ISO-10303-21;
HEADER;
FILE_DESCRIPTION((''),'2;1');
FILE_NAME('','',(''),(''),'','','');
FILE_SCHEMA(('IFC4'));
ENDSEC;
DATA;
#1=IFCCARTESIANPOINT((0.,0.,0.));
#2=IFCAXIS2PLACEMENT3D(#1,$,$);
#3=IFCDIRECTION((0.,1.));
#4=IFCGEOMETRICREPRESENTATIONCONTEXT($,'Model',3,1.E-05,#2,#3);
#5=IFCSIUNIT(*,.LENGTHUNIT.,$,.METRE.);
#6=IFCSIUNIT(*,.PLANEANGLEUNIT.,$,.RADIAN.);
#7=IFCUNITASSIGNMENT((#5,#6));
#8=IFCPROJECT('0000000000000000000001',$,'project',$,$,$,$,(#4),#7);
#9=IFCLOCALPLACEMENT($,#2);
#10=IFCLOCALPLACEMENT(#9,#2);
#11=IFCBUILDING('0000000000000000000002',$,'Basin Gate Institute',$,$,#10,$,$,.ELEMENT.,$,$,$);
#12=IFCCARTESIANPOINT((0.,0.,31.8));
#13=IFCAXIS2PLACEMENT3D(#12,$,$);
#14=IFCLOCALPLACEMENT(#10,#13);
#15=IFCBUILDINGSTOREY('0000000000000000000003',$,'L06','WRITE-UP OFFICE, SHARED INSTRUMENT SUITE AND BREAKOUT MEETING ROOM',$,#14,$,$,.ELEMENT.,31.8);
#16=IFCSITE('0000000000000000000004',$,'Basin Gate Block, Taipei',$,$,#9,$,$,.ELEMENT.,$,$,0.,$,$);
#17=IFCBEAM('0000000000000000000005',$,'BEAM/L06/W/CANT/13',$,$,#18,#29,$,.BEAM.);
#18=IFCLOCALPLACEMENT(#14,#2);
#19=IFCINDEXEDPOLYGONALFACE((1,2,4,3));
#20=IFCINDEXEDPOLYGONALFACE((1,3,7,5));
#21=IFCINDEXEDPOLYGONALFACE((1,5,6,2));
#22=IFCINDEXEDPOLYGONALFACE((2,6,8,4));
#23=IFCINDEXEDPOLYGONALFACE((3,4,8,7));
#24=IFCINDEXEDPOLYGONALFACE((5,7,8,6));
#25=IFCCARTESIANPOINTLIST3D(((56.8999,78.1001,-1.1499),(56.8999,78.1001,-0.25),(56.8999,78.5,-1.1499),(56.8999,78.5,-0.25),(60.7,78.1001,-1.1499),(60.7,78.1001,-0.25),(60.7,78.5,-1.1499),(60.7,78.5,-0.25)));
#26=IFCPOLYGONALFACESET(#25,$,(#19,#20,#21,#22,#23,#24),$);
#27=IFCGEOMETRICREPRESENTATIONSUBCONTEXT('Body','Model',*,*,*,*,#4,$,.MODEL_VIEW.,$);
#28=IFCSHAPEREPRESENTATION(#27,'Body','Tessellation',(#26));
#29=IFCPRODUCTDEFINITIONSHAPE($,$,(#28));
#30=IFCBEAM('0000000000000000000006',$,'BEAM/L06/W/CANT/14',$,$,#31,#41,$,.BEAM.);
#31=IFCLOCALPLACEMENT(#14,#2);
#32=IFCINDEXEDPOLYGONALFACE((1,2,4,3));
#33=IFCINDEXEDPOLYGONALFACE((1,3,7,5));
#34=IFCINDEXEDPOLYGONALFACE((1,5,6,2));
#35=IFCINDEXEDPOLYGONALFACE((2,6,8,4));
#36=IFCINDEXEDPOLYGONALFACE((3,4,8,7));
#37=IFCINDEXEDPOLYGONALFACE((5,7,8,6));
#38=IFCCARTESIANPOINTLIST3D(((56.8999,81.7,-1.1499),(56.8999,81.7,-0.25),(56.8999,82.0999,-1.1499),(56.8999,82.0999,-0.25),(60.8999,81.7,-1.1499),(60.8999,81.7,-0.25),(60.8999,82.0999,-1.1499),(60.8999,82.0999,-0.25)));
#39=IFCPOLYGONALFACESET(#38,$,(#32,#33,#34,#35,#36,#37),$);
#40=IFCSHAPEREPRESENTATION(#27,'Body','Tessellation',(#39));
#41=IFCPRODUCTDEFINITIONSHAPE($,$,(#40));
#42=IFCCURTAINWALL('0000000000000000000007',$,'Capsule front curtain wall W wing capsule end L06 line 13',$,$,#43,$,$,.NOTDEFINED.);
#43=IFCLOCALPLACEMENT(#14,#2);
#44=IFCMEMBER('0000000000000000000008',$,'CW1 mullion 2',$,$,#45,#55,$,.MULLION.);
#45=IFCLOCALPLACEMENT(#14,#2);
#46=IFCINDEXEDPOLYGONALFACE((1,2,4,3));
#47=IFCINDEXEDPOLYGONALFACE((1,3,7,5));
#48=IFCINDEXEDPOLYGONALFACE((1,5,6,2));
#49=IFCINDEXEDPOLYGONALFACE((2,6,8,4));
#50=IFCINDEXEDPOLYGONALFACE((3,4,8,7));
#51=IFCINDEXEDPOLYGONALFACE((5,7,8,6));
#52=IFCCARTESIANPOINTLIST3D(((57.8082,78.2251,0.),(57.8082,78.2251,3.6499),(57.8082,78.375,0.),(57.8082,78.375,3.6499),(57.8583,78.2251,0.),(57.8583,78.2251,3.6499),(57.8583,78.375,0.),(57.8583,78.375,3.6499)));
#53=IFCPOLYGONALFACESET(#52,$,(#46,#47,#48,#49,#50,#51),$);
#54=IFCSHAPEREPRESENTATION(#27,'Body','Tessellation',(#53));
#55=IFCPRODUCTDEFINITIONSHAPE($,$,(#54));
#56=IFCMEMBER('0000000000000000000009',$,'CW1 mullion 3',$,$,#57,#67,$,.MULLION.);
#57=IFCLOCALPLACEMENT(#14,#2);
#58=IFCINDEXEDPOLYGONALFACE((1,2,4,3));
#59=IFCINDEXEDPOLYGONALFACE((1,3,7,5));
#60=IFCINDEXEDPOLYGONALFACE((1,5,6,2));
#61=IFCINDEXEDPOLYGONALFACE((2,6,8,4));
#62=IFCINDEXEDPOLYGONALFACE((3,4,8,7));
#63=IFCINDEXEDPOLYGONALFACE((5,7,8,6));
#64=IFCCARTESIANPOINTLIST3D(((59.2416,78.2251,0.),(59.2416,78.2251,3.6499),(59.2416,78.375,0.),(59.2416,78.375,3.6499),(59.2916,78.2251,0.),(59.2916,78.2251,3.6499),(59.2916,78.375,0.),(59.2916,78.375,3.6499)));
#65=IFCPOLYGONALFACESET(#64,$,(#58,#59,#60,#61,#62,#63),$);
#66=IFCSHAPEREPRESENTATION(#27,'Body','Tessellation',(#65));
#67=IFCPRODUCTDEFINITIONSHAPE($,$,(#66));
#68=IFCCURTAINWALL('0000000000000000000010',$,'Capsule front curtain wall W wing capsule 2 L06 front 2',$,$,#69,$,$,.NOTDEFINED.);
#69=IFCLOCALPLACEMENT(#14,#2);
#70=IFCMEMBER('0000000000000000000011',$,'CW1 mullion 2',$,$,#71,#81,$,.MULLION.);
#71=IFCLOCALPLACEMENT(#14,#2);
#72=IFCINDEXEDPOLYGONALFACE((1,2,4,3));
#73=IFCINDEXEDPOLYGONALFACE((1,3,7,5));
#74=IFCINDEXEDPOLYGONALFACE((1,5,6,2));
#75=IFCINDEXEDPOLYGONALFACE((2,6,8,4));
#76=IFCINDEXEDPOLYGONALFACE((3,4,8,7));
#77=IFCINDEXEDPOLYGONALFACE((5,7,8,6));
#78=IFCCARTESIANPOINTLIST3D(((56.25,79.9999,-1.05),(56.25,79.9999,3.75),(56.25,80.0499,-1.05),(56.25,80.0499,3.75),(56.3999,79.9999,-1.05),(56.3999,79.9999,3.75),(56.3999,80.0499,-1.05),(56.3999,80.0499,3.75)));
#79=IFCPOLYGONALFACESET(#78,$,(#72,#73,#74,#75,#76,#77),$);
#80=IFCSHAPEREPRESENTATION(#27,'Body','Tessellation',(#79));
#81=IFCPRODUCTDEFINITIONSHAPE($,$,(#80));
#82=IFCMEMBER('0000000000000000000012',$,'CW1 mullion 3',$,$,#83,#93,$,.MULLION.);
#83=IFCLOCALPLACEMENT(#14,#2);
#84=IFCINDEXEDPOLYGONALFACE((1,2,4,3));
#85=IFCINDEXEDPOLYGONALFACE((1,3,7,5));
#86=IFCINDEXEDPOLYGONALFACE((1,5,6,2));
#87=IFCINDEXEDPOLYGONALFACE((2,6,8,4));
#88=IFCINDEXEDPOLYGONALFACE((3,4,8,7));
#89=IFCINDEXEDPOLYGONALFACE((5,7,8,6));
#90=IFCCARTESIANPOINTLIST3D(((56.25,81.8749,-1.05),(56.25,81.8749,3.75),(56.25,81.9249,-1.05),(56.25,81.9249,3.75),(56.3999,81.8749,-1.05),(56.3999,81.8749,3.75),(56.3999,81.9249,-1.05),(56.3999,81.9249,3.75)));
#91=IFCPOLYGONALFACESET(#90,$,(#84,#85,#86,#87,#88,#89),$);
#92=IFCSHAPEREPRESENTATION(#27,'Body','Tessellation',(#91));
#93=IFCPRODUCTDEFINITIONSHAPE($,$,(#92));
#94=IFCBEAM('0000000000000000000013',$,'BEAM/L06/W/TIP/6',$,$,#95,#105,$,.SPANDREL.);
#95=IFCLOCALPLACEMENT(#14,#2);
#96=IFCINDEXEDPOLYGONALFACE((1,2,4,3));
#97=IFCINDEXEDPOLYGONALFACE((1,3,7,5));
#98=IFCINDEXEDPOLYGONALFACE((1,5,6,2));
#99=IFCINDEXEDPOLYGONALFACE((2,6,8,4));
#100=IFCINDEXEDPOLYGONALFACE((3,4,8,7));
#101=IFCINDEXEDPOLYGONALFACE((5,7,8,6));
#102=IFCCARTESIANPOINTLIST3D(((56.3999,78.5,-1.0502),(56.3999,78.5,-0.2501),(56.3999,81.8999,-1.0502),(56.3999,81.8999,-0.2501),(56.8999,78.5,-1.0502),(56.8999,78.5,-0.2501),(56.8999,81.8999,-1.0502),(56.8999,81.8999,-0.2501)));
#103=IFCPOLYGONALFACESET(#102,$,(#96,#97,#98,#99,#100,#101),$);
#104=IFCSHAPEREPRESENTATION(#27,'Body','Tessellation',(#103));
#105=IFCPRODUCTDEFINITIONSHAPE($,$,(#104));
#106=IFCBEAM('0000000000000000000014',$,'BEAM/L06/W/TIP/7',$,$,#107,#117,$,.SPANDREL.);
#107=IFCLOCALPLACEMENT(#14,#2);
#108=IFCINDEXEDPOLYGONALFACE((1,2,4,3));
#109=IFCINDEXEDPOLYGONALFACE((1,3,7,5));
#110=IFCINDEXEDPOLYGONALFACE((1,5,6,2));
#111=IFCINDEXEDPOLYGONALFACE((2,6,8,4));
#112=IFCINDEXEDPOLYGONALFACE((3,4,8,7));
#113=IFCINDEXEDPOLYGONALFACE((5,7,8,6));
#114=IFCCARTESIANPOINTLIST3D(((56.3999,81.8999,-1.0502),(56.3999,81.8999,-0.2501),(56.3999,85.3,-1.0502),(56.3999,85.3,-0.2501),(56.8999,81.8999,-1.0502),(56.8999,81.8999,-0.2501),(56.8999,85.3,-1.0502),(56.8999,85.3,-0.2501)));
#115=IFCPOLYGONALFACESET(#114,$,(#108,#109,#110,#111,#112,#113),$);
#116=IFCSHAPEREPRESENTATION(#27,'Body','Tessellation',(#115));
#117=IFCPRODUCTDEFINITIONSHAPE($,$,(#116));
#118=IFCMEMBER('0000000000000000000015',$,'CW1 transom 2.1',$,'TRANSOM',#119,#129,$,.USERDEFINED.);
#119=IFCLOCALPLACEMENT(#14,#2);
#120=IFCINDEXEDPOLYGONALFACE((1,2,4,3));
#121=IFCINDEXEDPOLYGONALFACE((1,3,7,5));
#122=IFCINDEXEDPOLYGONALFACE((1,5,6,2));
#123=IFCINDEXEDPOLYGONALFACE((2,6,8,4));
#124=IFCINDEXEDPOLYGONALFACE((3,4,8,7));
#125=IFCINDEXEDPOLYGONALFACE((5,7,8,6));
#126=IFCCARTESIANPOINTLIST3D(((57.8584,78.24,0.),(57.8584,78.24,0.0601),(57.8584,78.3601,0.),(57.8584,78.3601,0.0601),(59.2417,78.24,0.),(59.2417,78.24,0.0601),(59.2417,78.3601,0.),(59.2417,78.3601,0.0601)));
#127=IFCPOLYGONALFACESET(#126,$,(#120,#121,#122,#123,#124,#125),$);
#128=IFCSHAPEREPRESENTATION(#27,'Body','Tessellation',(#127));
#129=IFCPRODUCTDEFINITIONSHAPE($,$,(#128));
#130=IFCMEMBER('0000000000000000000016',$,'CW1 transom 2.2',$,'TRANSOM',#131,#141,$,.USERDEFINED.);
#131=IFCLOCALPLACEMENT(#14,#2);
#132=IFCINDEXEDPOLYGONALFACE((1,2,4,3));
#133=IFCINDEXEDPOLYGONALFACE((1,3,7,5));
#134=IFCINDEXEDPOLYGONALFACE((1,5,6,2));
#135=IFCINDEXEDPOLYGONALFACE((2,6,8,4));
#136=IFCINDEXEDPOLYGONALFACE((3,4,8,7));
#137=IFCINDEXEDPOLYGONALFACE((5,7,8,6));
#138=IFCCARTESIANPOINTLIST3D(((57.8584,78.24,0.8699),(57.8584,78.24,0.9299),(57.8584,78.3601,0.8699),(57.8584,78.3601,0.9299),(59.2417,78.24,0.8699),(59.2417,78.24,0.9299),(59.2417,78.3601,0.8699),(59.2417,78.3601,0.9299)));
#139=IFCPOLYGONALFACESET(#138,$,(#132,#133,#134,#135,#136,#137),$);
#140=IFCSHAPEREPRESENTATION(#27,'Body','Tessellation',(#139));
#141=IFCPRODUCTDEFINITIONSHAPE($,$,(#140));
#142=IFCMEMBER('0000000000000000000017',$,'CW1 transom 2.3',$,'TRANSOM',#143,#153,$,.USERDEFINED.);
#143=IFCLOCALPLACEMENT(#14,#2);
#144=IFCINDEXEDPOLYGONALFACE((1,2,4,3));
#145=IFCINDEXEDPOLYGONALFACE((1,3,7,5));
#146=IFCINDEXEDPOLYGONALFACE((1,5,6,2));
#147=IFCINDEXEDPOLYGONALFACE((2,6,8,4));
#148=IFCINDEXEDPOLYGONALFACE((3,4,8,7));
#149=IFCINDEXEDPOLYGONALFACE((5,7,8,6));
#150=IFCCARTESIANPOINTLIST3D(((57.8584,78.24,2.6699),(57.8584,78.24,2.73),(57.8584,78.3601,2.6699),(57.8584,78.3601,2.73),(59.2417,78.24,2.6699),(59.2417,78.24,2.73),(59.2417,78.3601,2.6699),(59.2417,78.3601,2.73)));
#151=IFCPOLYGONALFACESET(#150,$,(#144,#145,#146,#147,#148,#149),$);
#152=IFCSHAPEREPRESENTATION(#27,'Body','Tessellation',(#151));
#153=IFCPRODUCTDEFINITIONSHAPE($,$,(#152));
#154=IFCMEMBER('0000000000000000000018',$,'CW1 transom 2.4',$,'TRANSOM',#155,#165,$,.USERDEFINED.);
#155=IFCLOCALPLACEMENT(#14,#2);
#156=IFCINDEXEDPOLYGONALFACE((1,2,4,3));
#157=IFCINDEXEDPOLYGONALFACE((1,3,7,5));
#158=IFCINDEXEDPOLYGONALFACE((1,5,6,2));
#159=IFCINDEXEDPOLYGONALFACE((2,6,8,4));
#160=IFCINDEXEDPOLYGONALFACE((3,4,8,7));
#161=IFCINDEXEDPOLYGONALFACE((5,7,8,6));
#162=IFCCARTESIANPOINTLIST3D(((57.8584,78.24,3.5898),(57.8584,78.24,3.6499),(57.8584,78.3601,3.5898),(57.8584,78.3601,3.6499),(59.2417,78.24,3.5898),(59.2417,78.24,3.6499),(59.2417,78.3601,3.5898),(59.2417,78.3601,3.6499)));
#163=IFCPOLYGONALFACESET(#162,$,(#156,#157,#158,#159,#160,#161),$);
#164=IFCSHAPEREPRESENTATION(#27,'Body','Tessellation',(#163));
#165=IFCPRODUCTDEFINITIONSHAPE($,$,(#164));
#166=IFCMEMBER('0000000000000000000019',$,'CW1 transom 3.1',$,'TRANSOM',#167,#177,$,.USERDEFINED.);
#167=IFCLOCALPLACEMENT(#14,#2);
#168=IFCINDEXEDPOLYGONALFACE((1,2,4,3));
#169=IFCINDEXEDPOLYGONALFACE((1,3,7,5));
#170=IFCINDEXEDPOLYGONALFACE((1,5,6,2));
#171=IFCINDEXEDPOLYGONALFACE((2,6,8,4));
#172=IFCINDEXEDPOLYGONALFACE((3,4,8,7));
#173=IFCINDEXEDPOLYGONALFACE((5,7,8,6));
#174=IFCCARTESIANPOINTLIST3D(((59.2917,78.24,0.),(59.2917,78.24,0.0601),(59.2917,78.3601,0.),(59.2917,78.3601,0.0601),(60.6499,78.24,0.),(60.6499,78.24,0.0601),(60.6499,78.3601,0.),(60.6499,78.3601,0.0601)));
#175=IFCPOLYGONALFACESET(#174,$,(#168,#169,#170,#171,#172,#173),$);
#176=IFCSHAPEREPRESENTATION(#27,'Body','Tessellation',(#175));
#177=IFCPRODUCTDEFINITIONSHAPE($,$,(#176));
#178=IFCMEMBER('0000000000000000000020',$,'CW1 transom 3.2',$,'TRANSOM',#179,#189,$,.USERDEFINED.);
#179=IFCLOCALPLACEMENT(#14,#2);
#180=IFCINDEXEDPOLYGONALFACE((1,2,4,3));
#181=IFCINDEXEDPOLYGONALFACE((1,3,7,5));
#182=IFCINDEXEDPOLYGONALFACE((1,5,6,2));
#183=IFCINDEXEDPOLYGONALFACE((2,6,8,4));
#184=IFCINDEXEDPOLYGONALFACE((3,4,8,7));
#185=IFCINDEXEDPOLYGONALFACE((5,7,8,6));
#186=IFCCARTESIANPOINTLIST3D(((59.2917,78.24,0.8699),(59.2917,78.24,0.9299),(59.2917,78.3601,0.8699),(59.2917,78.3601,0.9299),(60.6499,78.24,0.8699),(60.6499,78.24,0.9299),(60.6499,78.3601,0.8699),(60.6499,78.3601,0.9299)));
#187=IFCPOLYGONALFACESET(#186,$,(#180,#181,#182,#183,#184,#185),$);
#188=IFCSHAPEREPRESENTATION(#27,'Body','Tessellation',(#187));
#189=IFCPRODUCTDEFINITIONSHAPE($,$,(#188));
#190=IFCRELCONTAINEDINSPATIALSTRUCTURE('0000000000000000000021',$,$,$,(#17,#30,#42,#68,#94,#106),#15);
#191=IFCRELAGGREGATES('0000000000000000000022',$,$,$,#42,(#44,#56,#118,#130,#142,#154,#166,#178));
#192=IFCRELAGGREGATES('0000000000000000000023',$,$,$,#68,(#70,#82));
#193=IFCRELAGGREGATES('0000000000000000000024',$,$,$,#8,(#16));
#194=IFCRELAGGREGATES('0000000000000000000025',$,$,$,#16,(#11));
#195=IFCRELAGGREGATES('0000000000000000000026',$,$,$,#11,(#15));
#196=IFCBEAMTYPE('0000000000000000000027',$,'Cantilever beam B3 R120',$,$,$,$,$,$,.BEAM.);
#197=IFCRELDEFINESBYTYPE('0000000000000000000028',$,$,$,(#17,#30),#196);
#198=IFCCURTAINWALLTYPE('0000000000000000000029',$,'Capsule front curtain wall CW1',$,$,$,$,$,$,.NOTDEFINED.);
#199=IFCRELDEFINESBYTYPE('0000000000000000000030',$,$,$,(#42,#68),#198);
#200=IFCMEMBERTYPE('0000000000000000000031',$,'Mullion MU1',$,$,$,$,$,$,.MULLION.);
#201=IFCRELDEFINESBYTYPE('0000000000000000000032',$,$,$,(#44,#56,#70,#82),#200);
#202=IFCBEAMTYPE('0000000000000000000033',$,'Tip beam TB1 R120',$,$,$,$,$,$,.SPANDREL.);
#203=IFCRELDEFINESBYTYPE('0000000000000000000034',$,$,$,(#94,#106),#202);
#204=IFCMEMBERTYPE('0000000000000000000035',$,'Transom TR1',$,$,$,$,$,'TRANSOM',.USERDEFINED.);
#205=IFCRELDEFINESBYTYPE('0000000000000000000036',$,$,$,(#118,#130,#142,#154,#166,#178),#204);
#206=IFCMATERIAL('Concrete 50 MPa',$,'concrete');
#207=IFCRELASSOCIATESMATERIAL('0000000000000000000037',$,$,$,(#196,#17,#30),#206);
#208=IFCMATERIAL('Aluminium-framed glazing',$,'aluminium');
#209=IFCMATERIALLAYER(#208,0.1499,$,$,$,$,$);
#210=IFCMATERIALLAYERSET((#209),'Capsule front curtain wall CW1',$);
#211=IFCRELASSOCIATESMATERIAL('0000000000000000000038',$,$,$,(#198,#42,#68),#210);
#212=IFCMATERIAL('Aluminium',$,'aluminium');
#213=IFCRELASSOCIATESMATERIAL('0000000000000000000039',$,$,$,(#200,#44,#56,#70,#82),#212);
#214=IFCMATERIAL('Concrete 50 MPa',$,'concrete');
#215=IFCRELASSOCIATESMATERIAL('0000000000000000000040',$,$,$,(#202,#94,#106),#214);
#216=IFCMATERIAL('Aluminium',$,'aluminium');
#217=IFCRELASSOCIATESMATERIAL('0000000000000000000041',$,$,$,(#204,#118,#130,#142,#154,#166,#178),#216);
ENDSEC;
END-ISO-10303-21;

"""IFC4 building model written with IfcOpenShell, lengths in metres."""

from ifc_helpers import new_model, si_unit, direction, frame, origin, origin_2d, place, context, subcontext, project, spatial, rectangle, extrude, material, layer, layer_set, material_profile, profile_set, type_object, element, aggregate, save


model = new_model("IFC4")

# Units and contexts
model_context = context("Model", 3, precision=1e-05, world=origin(), true_north=direction((0.0, 1.0)))
body_context = subcontext(model_context, "Body", "Model", "MODEL_VIEW")
ifc_project = project(units=[si_unit("LENGTHUNIT", "METRE"), si_unit("PLANEANGLEUNIT", "RADIAN")], contexts=[model_context])

# Site, building, storey
site_placement = place(None, origin())
site = spatial("IfcSite", under=ifc_project, at=site_placement, Name="Basin Gate Block, Taipei", CompositionType="ELEMENT", RefElevation=0.0)
building_placement = place(site_placement, origin())
building = spatial("IfcBuilding", under=site, at=building_placement, Name="Basin Gate Institute", CompositionType="ELEMENT")
storey_placement = place(building_placement, frame((0.0, 0.0, 31.8)))
storey = spatial("IfcBuildingStorey", under=building, at=storey_placement, Name="L06", Description="WRITE-UP OFFICE, SHARED INSTRUMENT SUITE AND BREAKOUT MEETING ROOM", CompositionType="ELEMENT", Elevation=31.8)

# Beams
ifc_material_1 = material(Name="Concrete 50 MPa", Category="concrete")
ifc_material_profile_1 = material_profile(ifc_material_1, rectangle(XDim=0.3999, YDim=0.8999, at=origin_2d()), Name="Cantilever beam B3 400 x 900")
ifc_profile_set_1 = profile_set([ifc_material_profile_1], Name="Concrete 50 MPa")
beam_type_1 = type_object("IfcBeamType", Name="Cantilever beam B3 R120", PredefinedType="BEAM", material=ifc_profile_set_1)
beam_1_placement = place(storey_placement, frame((56.8999, 78.3, -0.7), z_axis=(1.0, 0.0, 0.0), x_axis=(0.0, 1.0, 0.0)))
element("IfcBeam", 1, at=beam_1_placement, inside=storey, type_object=beam_type_1, material=ifc_profile_set_1, Name="BEAM/L06/W/CANT/13", PredefinedType="BEAM", context=body_context, shape_type="SweptSolid", body=[
    extrude(rectangle(XDim=0.3999, YDim=0.8999, at=origin_2d()), origin(), (0.0, 0.0, 1.0), 3.8),
])
beam_2_placement = place(storey_placement, frame((56.8999, 81.8999, -0.7), z_axis=(1.0, 0.0, 0.0), x_axis=(0.0, 1.0, 0.0)))
element("IfcBeam", 2, at=beam_2_placement, inside=storey, type_object=beam_type_1, material=ifc_profile_set_1, Name="BEAM/L06/W/CANT/14", PredefinedType="BEAM", context=body_context, shape_type="SweptSolid", body=[
    extrude(rectangle(XDim=0.3999, YDim=0.8999, at=origin_2d()), origin(), (0.0, 0.0, 1.0), 4.0),
])

# Curtain walls, members
ifc_material_2 = material(Name="Aluminium-framed glazing", Category="aluminium")
ifc_layer_1 = layer(ifc_material_2, 0.1499)
ifc_layer_set_1 = layer_set([ifc_layer_1], Name="Capsule front curtain wall CW1")
curtain_wall_type = type_object("IfcCurtainWallType", Name="Capsule front curtain wall CW1", PredefinedType="NOTDEFINED", material=ifc_layer_set_1)
curtain_wall_1_placement = place(storey_placement, origin())
curtain_wall_1 = element("IfcCurtainWall", 3, at=curtain_wall_1_placement, inside=storey, type_object=curtain_wall_type, material=ifc_layer_set_1, Name="Capsule front curtain wall W wing capsule end L06 line 13", PredefinedType="NOTDEFINED")
ifc_material_3 = material(Name="Aluminium", Category="aluminium")
ifc_material_profile_2 = material_profile(ifc_material_3, rectangle(XDim=0.1499, YDim=0.05, at=origin_2d()), Name="Mullion MU1 150 x 50")
ifc_profile_set_2 = profile_set([ifc_material_profile_2], Name="Aluminium")
member_type_1 = type_object("IfcMemberType", Name="Mullion MU1", PredefinedType="MULLION", material=ifc_profile_set_2)
member_1_placement = place(storey_placement, frame((57.8333, 78.3, 0.0), z_axis=(0.0, 0.0, 1.0), x_axis=(0.0, 1.0, 0.0)))
member_1 = element("IfcMember", 4, at=member_1_placement, type_object=member_type_1, material=ifc_profile_set_2, Name="CW1 mullion 2", PredefinedType="MULLION", context=body_context, shape_type="SweptSolid", body=[
    extrude(rectangle(XDim=0.1499, YDim=0.05, at=origin_2d()), origin(), (0.0, 0.0, 1.0), 3.6499),
])
member_2_placement = place(storey_placement, frame((59.2666, 78.3, 0.0), z_axis=(0.0, 0.0, 1.0), x_axis=(0.0, 1.0, 0.0)))
member_2 = element("IfcMember", 5, at=member_2_placement, type_object=member_type_1, material=ifc_profile_set_2, Name="CW1 mullion 3", PredefinedType="MULLION", context=body_context, shape_type="SweptSolid", body=[
    extrude(rectangle(XDim=0.1499, YDim=0.05, at=origin_2d()), origin(), (0.0, 0.0, 1.0), 3.6499),
])
curtain_wall_2_placement = place(storey_placement, origin())
curtain_wall_2 = element("IfcCurtainWall", 6, at=curtain_wall_2_placement, inside=storey, type_object=curtain_wall_type, material=ifc_layer_set_1, Name="Capsule front curtain wall W wing capsule 2 L06 front 2", PredefinedType="NOTDEFINED")
member_3_placement = place(storey_placement, frame((56.325, 80.0249, -1.05), z_axis=(0.0, 0.0, 1.0), x_axis=(-1.0, 0.0, 0.0)))
member_3 = element("IfcMember", 7, at=member_3_placement, type_object=member_type_1, material=ifc_profile_set_2, Name="CW1 mullion 2", PredefinedType="MULLION", context=body_context, shape_type="SweptSolid", body=[
    extrude(rectangle(XDim=0.1499, YDim=0.05, at=origin_2d()), origin(), (0.0, 0.0, 1.0), 4.8),
])
member_4_placement = place(storey_placement, frame((56.325, 81.8999, -1.05), z_axis=(0.0, 0.0, 1.0), x_axis=(-1.0, 0.0, 0.0)))
member_4 = element("IfcMember", 8, at=member_4_placement, type_object=member_type_1, material=ifc_profile_set_2, Name="CW1 mullion 3", PredefinedType="MULLION", context=body_context, shape_type="SweptSolid", body=[
    extrude(rectangle(XDim=0.1499, YDim=0.05, at=origin_2d()), origin(), (0.0, 0.0, 1.0), 4.8),
])

# Beams
ifc_material_4 = material(Name="Concrete 50 MPa", Category="concrete")
ifc_material_profile_3 = material_profile(ifc_material_4, rectangle(XDim=0.5, YDim=0.8, at=origin_2d()), Name="Tip beam TB1 500 x 800")
ifc_profile_set_3 = profile_set([ifc_material_profile_3], Name="Concrete 50 MPa")
beam_type_2 = type_object("IfcBeamType", Name="Tip beam TB1 R120", PredefinedType="SPANDREL", material=ifc_profile_set_3)
beam_3_placement = place(storey_placement, frame((56.6499, 78.5, -0.6501), z_axis=(0.0, 1.0, 0.0), x_axis=(-1.0, 0.0, 0.0)))
element("IfcBeam", 9, at=beam_3_placement, inside=storey, type_object=beam_type_2, material=ifc_profile_set_3, Name="BEAM/L06/W/TIP/6", PredefinedType="SPANDREL", context=body_context, shape_type="SweptSolid", body=[
    extrude(rectangle(XDim=0.5, YDim=0.8, at=origin_2d()), origin(), (0.0, 0.0, 1.0), 3.3999),
])
beam_4_placement = place(storey_placement, frame((56.6499, 81.8999, -0.6501), z_axis=(0.0, 1.0, 0.0), x_axis=(-1.0, 0.0, 0.0)))
element("IfcBeam", 10, at=beam_4_placement, inside=storey, type_object=beam_type_2, material=ifc_profile_set_3, Name="BEAM/L06/W/TIP/7", PredefinedType="SPANDREL", context=body_context, shape_type="SweptSolid", body=[
    extrude(rectangle(XDim=0.5, YDim=0.8, at=origin_2d()), origin(), (0.0, 0.0, 1.0), 3.4001),
])

# Members
ifc_material_5 = material(Name="Aluminium", Category="aluminium")
ifc_material_profile_4 = material_profile(ifc_material_5, rectangle(XDim=0.1201, YDim=0.0601, at=origin_2d()), Name="Transom TR1 120 x 60")
ifc_profile_set_4 = profile_set([ifc_material_profile_4], Name="Aluminium")
member_type_2 = type_object("IfcMemberType", Name="Transom TR1", ElementType="TRANSOM", PredefinedType="USERDEFINED", material=ifc_profile_set_4)
member_5_placement = place(storey_placement, frame((57.8584, 78.3, 0.03), z_axis=(1.0, 0.0, 0.0), x_axis=(0.0, 1.0, 0.0)))
member_5 = element("IfcMember", 11, at=member_5_placement, type_object=member_type_2, material=ifc_profile_set_4, Name="CW1 transom 2.1", ObjectType="TRANSOM", PredefinedType="USERDEFINED", context=body_context, shape_type="SweptSolid", body=[
    extrude(rectangle(XDim=0.1201, YDim=0.0601, at=origin_2d()), origin(), (0.0, 0.0, 1.0), 1.3833),
])
member_6_placement = place(storey_placement, frame((57.8584, 78.3, 0.8999), z_axis=(1.0, 0.0, 0.0), x_axis=(0.0, 1.0, 0.0)))
member_6 = element("IfcMember", 12, at=member_6_placement, type_object=member_type_2, material=ifc_profile_set_4, Name="CW1 transom 2.2", ObjectType="TRANSOM", PredefinedType="USERDEFINED", context=body_context, shape_type="SweptSolid", body=[
    extrude(rectangle(XDim=0.1201, YDim=0.0601, at=origin_2d()), origin(), (0.0, 0.0, 1.0), 1.3833),
])
member_7_placement = place(storey_placement, frame((57.8584, 78.3, 2.7), z_axis=(1.0, 0.0, 0.0), x_axis=(0.0, 1.0, 0.0)))
member_7 = element("IfcMember", 13, at=member_7_placement, type_object=member_type_2, material=ifc_profile_set_4, Name="CW1 transom 2.3", ObjectType="TRANSOM", PredefinedType="USERDEFINED", context=body_context, shape_type="SweptSolid", body=[
    extrude(rectangle(XDim=0.1201, YDim=0.0601, at=origin_2d()), origin(), (0.0, 0.0, 1.0), 1.3833),
])
member_8_placement = place(storey_placement, frame((57.8584, 78.3, 3.6199), z_axis=(1.0, 0.0, 0.0), x_axis=(0.0, 1.0, 0.0)))
member_8 = element("IfcMember", 14, at=member_8_placement, type_object=member_type_2, material=ifc_profile_set_4, Name="CW1 transom 2.4", ObjectType="TRANSOM", PredefinedType="USERDEFINED", context=body_context, shape_type="SweptSolid", body=[
    extrude(rectangle(XDim=0.1201, YDim=0.0601, at=origin_2d()), origin(), (0.0, 0.0, 1.0), 1.3833),
])
member_9_placement = place(storey_placement, frame((59.2917, 78.3, 0.03), z_axis=(1.0, 0.0, 0.0), x_axis=(0.0, 1.0, 0.0)))
member_9 = element("IfcMember", 15, at=member_9_placement, type_object=member_type_2, material=ifc_profile_set_4, Name="CW1 transom 3.1", ObjectType="TRANSOM", PredefinedType="USERDEFINED", context=body_context, shape_type="SweptSolid", body=[
    extrude(rectangle(XDim=0.1201, YDim=0.0601, at=origin_2d()), origin(), (0.0, 0.0, 1.0), 1.3582),
])
member_10_placement = place(storey_placement, frame((59.2917, 78.3, 0.8999), z_axis=(1.0, 0.0, 0.0), x_axis=(0.0, 1.0, 0.0)))
member_10 = element("IfcMember", 16, at=member_10_placement, type_object=member_type_2, material=ifc_profile_set_4, Name="CW1 transom 3.2", ObjectType="TRANSOM", PredefinedType="USERDEFINED", context=body_context, shape_type="SweptSolid", body=[
    extrude(rectangle(XDim=0.1201, YDim=0.0601, at=origin_2d()), origin(), (0.0, 0.0, 1.0), 1.3582),
])

aggregate(curtain_wall_1, [member_1, member_2, member_5, member_6, member_7, member_8, member_9, member_10])
aggregate(curtain_wall_2, [member_3, member_4])

save(model, "model.ifc")
